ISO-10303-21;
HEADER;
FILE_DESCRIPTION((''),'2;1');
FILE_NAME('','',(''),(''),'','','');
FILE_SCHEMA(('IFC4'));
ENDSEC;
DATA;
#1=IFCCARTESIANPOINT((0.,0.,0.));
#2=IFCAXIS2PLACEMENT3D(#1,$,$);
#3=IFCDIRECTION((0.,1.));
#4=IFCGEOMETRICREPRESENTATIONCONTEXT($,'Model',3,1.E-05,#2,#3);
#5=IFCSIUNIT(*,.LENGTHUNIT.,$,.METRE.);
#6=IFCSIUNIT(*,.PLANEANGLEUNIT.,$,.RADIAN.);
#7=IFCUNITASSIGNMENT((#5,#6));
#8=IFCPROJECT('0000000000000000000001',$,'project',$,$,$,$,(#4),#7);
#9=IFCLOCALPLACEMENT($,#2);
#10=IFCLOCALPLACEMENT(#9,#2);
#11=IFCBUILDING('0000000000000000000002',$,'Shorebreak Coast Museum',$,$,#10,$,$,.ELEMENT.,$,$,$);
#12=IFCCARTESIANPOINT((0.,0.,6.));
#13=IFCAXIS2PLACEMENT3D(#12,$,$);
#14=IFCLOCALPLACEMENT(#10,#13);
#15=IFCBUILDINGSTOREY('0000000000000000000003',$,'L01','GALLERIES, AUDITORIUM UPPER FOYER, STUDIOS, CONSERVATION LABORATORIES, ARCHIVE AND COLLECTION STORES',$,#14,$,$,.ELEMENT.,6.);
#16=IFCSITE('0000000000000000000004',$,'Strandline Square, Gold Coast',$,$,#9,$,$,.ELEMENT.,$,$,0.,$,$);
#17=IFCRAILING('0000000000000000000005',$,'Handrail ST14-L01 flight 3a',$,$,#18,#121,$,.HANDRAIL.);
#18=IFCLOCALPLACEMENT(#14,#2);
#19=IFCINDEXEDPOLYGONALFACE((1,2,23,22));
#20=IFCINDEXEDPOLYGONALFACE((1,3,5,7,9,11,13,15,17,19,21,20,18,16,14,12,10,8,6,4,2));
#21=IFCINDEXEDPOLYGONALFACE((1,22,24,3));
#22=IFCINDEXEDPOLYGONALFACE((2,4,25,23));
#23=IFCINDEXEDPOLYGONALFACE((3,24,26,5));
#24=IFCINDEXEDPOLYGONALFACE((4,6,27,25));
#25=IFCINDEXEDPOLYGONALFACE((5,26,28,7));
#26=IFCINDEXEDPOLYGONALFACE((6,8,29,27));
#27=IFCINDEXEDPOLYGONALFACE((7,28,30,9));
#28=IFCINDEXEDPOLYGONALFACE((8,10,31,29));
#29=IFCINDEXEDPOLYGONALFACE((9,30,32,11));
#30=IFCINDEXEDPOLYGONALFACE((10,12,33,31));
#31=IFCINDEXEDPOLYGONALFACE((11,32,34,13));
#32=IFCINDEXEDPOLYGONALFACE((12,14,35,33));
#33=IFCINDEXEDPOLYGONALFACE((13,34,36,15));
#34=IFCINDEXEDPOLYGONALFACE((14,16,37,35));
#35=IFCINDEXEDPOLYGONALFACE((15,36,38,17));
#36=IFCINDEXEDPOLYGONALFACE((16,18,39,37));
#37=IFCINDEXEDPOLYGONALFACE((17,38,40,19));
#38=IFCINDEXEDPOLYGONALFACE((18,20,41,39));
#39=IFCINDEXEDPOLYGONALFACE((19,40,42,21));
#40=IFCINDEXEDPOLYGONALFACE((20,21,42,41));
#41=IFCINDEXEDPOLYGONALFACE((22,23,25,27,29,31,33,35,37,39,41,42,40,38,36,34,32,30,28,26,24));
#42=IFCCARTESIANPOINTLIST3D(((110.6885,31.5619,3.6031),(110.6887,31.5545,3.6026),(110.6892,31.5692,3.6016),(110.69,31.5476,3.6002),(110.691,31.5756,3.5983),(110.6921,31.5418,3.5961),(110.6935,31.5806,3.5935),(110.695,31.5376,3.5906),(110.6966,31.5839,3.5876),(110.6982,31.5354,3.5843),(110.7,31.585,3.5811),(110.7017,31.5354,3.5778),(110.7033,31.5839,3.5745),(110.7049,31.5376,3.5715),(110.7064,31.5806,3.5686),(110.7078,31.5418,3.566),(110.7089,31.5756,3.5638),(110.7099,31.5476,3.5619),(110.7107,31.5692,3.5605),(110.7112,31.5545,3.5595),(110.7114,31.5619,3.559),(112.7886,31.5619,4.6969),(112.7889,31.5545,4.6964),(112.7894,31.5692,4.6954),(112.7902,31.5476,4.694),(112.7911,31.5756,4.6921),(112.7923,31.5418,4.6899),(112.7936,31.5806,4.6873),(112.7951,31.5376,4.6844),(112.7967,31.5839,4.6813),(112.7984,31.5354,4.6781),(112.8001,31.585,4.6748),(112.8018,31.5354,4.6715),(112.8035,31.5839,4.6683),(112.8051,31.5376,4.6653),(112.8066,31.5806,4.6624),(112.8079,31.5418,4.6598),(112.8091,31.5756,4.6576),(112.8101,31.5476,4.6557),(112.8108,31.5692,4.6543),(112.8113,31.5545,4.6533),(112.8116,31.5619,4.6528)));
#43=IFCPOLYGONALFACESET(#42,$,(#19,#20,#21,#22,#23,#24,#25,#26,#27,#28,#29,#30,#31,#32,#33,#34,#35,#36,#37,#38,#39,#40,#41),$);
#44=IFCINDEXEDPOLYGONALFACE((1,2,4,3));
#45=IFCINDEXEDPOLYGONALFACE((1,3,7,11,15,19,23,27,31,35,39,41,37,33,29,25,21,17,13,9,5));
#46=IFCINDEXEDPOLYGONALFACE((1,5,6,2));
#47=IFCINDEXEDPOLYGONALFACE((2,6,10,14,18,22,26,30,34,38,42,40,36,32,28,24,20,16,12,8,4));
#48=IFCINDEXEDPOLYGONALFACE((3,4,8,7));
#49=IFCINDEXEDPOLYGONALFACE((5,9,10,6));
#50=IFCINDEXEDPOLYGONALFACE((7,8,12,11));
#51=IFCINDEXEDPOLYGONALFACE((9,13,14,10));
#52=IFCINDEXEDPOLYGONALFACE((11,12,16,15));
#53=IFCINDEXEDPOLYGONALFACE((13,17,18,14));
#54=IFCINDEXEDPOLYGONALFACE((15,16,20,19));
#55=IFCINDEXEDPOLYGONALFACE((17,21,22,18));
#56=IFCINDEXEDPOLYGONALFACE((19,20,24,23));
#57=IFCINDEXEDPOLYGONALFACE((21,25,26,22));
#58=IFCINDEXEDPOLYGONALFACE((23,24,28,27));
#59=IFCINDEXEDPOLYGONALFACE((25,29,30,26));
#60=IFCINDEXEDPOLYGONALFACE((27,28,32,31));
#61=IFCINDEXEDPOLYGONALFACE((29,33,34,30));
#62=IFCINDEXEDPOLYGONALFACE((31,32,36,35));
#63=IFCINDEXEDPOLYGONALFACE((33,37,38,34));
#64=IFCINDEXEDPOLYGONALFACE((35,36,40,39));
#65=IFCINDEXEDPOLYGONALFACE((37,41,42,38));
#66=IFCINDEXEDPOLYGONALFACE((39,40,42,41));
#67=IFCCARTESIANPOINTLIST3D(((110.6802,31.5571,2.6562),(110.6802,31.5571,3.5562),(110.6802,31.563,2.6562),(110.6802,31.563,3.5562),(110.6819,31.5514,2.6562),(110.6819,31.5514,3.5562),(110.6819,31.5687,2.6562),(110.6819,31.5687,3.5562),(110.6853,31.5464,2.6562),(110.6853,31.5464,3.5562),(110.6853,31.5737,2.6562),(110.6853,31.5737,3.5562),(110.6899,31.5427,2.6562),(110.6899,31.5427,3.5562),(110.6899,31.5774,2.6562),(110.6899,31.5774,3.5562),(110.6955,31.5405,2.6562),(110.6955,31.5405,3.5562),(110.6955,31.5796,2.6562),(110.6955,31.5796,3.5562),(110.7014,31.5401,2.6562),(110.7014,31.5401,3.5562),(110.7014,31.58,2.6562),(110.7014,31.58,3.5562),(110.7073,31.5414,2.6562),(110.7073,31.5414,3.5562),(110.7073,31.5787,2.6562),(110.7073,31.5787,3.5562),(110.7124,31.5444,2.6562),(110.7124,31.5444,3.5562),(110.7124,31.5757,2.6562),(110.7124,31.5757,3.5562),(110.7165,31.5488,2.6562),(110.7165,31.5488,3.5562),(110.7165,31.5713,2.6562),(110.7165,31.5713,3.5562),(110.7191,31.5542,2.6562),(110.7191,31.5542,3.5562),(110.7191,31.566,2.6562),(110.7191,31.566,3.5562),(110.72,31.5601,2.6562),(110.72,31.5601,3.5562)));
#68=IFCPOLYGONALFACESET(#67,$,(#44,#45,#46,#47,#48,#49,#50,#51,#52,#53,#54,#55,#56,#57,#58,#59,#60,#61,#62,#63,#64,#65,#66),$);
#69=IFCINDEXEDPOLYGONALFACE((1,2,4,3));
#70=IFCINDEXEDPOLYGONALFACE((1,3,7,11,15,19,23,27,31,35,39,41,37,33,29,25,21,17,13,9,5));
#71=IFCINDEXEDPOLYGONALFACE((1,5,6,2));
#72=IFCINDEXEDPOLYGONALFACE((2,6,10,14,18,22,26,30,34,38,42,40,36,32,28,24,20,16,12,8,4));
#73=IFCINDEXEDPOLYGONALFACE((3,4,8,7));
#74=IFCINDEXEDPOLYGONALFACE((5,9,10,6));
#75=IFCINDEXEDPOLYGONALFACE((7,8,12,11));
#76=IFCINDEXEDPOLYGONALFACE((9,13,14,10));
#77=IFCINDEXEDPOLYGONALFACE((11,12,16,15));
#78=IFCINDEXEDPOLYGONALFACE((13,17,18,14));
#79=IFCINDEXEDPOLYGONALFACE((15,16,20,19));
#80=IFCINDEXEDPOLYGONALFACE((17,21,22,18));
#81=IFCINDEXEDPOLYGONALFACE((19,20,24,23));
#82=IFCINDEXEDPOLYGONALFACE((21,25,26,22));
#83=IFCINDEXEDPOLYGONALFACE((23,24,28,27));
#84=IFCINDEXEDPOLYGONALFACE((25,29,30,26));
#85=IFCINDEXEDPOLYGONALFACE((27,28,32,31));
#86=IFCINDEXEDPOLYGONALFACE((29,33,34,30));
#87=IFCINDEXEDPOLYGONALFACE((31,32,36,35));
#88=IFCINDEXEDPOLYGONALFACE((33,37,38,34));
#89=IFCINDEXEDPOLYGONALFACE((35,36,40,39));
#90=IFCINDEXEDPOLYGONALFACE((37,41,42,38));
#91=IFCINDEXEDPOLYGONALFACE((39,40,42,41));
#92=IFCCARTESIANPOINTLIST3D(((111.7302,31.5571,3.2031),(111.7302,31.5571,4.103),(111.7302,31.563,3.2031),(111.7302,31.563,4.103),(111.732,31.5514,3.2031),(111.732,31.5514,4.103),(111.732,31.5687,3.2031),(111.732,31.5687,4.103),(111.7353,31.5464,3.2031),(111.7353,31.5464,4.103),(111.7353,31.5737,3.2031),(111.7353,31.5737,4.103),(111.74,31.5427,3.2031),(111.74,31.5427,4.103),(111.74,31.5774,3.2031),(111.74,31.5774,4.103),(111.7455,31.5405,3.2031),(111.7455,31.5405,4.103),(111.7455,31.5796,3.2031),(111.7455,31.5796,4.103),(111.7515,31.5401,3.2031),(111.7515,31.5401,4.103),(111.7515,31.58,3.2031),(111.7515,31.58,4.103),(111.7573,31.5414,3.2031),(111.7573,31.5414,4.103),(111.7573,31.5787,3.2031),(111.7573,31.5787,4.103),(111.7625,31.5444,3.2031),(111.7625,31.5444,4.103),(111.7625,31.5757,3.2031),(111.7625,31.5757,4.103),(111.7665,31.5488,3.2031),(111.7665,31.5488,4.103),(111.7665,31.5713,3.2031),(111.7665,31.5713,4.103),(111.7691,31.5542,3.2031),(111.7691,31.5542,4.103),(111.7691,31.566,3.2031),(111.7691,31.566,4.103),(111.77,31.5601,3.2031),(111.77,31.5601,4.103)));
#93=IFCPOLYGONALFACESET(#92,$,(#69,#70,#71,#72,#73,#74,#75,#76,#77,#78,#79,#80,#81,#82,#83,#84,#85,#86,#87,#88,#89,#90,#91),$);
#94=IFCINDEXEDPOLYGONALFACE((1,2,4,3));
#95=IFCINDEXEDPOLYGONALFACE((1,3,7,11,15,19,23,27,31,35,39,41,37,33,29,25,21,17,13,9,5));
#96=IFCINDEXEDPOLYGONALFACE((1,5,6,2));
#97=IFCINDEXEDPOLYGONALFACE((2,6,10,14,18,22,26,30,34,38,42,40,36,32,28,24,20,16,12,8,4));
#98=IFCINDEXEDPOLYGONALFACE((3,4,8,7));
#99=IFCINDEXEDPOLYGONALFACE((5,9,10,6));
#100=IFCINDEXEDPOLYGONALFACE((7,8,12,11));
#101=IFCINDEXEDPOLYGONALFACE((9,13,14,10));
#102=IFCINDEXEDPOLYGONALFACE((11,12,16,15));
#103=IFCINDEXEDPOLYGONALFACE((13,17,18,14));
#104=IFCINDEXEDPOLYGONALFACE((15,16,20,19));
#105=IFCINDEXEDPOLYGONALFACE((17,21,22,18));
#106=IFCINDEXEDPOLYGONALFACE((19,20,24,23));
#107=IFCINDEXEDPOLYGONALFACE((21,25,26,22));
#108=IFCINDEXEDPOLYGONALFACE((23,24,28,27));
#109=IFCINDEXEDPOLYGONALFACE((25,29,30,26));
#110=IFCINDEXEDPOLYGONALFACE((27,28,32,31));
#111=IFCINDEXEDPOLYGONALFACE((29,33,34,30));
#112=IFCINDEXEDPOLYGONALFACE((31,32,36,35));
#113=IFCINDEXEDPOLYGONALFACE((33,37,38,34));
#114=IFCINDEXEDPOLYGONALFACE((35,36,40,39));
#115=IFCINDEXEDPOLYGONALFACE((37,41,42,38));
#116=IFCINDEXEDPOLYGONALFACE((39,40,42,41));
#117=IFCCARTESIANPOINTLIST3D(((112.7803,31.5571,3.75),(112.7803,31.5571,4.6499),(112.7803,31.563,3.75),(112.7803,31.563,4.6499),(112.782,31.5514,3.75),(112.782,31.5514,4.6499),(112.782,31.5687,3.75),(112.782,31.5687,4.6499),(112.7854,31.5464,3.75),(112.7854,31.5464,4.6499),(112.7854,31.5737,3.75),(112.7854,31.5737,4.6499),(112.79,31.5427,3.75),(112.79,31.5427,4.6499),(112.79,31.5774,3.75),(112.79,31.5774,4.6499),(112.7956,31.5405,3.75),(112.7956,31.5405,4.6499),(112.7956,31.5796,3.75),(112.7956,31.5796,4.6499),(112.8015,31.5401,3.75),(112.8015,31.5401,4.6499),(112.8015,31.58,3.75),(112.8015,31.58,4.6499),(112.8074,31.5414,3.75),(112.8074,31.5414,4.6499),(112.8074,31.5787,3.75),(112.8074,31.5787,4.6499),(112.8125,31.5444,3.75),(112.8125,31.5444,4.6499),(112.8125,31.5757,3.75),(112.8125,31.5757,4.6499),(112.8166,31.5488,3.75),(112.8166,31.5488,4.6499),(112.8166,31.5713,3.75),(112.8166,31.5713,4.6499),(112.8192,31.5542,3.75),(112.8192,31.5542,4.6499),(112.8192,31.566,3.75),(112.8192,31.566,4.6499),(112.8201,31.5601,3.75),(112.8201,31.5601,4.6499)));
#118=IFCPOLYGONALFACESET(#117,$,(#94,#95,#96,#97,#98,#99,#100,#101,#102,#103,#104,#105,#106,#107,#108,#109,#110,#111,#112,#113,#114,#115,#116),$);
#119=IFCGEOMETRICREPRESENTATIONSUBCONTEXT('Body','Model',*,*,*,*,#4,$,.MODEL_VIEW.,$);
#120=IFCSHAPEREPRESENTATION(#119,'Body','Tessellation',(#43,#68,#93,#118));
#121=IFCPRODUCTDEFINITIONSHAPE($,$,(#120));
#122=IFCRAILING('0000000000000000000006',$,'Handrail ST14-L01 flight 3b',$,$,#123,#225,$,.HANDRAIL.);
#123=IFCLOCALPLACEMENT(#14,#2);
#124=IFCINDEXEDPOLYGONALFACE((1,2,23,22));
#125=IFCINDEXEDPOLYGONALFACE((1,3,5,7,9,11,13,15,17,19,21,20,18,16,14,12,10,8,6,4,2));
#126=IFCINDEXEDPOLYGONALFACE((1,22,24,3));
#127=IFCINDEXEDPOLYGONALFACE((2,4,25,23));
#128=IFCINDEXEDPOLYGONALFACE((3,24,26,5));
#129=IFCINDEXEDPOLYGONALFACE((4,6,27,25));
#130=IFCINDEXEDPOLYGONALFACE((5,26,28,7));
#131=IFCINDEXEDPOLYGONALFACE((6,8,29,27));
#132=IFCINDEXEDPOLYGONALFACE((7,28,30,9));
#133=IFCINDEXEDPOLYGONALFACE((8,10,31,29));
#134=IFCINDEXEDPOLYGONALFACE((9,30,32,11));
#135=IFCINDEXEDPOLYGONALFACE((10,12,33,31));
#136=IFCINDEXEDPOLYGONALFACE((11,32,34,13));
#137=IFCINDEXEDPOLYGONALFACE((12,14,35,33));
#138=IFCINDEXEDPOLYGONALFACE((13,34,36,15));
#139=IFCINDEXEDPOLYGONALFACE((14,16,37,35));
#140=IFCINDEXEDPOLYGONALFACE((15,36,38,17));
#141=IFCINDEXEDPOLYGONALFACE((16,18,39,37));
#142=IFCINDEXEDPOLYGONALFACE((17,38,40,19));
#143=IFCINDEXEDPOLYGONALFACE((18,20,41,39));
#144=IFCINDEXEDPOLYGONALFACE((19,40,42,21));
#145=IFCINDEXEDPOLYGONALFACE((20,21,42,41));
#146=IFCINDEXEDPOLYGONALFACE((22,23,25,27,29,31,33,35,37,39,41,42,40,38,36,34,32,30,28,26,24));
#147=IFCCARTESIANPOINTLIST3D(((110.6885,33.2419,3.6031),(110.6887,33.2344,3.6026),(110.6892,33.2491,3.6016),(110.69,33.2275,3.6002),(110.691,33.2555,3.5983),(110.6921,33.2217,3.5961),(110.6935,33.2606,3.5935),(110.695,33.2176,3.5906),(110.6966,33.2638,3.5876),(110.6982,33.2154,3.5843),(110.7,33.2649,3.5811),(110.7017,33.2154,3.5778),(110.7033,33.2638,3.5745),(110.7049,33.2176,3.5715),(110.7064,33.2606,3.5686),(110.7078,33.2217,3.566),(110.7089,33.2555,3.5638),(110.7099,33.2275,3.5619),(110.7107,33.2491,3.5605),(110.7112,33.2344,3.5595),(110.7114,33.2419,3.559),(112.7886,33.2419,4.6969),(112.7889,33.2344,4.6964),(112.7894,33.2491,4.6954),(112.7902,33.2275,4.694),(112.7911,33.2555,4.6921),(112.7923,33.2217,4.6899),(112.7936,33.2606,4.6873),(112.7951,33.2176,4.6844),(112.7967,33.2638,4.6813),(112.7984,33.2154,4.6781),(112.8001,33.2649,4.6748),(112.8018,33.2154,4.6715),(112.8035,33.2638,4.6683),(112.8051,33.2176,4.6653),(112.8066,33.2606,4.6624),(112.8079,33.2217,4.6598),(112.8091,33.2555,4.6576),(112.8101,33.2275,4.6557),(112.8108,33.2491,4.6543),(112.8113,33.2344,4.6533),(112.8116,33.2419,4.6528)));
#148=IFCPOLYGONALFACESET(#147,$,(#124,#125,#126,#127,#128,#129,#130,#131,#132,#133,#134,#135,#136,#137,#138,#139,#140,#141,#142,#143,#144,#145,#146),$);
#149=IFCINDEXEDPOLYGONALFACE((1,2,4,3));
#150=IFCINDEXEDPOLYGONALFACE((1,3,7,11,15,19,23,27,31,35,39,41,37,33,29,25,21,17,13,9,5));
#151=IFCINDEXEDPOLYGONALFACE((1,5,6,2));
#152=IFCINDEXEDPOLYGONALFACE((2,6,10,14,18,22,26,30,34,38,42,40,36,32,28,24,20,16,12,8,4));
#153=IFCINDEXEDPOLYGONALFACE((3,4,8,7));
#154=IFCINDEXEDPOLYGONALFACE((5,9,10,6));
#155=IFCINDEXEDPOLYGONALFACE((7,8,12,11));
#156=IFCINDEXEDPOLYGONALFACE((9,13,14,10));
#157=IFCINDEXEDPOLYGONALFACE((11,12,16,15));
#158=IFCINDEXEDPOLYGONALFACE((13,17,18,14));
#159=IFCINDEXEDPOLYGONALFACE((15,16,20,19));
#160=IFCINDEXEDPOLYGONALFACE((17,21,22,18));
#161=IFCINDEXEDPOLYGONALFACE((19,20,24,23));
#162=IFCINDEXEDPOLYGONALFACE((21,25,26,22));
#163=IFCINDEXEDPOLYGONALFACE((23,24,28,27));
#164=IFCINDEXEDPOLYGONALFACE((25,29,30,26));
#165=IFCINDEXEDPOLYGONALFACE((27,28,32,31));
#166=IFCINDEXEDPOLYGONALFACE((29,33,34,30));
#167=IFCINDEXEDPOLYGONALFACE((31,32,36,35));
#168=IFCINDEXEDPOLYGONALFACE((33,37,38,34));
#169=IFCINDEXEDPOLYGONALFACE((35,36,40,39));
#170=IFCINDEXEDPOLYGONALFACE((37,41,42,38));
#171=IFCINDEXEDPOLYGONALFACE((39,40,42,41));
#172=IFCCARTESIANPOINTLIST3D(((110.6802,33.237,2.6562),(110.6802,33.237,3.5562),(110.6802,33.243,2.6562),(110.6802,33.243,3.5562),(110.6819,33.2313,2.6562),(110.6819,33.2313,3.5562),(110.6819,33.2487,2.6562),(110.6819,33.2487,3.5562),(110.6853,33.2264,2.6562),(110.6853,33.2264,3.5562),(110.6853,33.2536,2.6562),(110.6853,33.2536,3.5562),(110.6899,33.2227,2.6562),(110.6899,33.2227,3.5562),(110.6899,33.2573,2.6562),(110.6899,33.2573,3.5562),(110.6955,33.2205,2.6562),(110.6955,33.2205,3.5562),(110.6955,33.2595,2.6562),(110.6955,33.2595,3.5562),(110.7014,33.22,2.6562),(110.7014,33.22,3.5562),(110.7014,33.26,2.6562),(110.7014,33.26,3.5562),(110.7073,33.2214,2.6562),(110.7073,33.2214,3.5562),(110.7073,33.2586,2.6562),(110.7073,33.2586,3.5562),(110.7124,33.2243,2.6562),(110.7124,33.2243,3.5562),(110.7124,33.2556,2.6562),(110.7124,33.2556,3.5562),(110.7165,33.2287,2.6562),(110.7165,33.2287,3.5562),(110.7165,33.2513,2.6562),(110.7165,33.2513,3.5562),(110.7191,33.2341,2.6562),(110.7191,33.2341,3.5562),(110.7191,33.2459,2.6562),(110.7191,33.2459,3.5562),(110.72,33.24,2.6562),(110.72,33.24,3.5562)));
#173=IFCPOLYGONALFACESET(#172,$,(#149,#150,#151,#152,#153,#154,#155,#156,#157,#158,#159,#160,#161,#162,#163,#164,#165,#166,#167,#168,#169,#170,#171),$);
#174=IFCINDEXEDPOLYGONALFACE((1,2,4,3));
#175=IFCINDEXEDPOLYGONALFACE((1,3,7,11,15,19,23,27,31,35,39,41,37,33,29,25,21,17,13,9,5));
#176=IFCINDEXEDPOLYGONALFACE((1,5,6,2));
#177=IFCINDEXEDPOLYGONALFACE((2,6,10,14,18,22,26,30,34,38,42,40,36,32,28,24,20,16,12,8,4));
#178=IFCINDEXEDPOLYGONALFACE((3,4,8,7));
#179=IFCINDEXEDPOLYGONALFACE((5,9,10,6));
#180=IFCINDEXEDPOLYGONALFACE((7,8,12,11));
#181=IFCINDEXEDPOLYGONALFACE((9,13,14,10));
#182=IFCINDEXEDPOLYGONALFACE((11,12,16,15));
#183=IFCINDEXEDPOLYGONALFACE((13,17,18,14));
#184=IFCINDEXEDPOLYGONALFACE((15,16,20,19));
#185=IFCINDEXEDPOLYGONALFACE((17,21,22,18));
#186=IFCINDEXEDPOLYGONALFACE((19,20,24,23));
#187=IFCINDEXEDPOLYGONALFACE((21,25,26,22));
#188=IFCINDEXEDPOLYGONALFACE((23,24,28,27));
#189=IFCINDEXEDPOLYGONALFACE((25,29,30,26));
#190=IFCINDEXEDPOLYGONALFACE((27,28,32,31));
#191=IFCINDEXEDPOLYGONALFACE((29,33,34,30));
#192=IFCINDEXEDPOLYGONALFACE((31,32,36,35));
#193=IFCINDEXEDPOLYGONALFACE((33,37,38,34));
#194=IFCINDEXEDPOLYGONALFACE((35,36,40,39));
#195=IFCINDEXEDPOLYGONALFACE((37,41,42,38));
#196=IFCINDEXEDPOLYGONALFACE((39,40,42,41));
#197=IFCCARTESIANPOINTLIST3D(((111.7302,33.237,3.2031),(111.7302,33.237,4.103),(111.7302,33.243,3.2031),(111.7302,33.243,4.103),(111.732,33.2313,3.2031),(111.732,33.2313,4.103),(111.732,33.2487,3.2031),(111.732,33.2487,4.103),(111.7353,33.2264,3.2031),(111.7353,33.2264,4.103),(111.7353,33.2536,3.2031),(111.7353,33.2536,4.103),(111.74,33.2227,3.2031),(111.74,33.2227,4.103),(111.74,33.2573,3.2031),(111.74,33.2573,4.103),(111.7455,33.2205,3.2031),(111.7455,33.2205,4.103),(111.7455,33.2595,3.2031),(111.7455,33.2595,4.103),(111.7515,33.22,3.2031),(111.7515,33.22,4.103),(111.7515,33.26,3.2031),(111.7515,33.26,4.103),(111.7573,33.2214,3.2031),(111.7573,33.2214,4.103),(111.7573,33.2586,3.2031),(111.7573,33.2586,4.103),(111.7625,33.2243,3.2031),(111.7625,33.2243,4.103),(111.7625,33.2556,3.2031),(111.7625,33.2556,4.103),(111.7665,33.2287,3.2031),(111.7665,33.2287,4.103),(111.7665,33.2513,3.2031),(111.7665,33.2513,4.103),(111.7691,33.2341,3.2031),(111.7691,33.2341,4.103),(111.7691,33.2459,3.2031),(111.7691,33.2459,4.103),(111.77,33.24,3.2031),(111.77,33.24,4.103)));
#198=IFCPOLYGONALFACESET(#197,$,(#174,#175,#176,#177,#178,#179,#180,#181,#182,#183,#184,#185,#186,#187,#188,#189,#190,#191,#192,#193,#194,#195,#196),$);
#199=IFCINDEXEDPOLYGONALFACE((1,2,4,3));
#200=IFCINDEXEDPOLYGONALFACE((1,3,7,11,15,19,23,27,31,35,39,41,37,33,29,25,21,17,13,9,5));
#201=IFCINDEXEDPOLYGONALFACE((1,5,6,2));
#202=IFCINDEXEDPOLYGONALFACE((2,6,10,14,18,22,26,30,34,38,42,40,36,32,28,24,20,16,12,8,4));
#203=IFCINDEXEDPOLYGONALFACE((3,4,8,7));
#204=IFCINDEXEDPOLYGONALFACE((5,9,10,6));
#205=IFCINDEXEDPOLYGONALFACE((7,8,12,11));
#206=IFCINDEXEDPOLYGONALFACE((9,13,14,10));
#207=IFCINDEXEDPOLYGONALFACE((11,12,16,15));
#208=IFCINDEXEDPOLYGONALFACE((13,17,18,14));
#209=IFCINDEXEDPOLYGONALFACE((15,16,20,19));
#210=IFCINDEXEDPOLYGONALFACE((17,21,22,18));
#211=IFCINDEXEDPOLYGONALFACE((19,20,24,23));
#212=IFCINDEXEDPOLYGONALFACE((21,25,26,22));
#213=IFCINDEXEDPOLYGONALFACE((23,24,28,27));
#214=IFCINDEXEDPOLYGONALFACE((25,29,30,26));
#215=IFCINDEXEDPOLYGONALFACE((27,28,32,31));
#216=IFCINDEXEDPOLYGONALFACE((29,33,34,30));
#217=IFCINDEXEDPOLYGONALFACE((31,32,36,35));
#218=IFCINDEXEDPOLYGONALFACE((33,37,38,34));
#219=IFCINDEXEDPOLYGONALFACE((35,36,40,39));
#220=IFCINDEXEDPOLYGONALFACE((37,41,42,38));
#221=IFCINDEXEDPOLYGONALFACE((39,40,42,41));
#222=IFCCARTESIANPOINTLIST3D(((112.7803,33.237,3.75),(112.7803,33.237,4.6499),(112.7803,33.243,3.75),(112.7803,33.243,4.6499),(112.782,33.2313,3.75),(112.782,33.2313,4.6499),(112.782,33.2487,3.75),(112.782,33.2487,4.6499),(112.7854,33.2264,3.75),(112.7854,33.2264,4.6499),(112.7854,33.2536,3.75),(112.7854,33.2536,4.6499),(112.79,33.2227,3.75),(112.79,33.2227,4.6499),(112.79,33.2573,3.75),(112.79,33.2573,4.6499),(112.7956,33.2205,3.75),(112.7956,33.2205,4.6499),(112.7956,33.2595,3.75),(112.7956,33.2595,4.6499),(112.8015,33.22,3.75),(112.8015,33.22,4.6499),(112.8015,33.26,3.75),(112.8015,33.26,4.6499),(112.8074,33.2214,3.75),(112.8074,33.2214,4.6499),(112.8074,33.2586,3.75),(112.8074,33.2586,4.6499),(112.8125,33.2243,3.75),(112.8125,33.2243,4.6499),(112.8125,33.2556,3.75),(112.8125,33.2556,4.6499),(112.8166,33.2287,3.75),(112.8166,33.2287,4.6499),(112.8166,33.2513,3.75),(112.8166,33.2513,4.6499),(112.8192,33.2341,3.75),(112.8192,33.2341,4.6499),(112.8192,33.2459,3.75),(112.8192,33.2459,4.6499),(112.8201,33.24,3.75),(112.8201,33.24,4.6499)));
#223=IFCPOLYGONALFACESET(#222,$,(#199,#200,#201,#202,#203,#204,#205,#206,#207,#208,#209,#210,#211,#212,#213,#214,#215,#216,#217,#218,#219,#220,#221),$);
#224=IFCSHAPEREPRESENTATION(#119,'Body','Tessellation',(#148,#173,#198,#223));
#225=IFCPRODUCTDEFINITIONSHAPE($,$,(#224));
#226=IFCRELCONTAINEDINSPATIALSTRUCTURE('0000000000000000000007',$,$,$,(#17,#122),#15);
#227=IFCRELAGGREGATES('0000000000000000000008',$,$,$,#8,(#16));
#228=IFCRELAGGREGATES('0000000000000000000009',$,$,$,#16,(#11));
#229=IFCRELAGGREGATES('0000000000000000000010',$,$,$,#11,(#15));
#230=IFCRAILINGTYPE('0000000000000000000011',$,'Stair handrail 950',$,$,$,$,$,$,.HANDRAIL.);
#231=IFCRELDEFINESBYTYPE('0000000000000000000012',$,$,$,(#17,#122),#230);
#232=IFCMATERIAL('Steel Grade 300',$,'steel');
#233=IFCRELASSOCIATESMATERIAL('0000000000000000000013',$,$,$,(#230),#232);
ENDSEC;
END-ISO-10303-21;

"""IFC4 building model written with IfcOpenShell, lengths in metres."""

from ifc_helpers import new_model, si_unit, direction, frame, origin, origin_2d, place, context, subcontext, project, spatial, circle, extrude, material, type_object, element, save


model = new_model("IFC4")

# Units and contexts
model_context = context("Model", 3, precision=1e-05, world=origin(), true_north=direction((0.0, 1.0)))
body_context = subcontext(model_context, "Body", "Model", "MODEL_VIEW")
ifc_project = project(units=[si_unit("LENGTHUNIT", "METRE"), si_unit("PLANEANGLEUNIT", "RADIAN")], contexts=[model_context])

# Site, building, storey
site_placement = place(None, origin())
site = spatial("IfcSite", under=ifc_project, at=site_placement, Name="Strandline Square, Gold Coast", CompositionType="ELEMENT", RefElevation=0.0)
building_placement = place(site_placement, origin())
building = spatial("IfcBuilding", under=site, at=building_placement, Name="Shorebreak Coast Museum", CompositionType="ELEMENT")
storey_placement = place(building_placement, frame((0.0, 0.0, 6.0)))
storey = spatial("IfcBuildingStorey", under=building, at=storey_placement, Name="L01", Description="GALLERIES, AUDITORIUM UPPER FOYER, STUDIOS, CONSERVATION LABORATORIES, ARCHIVE AND COLLECTION STORES", CompositionType="ELEMENT", Elevation=6.0)

# Railings
ifc_material_1 = material(Name="Steel Grade 300", Category="steel")
railing_type_1 = type_object("IfcRailingType", Name="Stair handrail 950", PredefinedType="HANDRAIL", material=ifc_material_1)
for number, where, name in (
    (1, (110.7, 31.5601, 2.6562), "Handrail ST14-L01 flight 3a"),
    (2, (110.7, 33.24, 2.6562), "Handrail ST14-L01 flight 3b"),
):
    element("IfcRailing", number, at=place(storey_placement, frame(where)), inside=storey, type_object=railing_type_1, Name=name, PredefinedType="HANDRAIL", context=body_context, shape_type="SweptSolid", body=[
        extrude(circle(Radius=0.0249, at=origin_2d()), frame((0.0, 0.0, 0.9248), z_axis=(0.886923, 0.0, 0.461918), x_axis=(0.0, 1.0, 0.0)), (0.0, 0.0, 1.0), 2.3679),
        extrude(circle(Radius=0.02, at=origin_2d()), origin(), (0.0, 0.0, 1.0), 0.8999),
        extrude(circle(Radius=0.02, at=origin_2d()), frame((1.05, 0.0, 0.5469)), (0.0, 0.0, 1.0), 0.8999),
        extrude(circle(Radius=0.02, at=origin_2d()), frame((2.1001, 0.0, 1.0938)), (0.0, 0.0, 1.0), 0.8999),
    ])

save(model, "model.ifc")
